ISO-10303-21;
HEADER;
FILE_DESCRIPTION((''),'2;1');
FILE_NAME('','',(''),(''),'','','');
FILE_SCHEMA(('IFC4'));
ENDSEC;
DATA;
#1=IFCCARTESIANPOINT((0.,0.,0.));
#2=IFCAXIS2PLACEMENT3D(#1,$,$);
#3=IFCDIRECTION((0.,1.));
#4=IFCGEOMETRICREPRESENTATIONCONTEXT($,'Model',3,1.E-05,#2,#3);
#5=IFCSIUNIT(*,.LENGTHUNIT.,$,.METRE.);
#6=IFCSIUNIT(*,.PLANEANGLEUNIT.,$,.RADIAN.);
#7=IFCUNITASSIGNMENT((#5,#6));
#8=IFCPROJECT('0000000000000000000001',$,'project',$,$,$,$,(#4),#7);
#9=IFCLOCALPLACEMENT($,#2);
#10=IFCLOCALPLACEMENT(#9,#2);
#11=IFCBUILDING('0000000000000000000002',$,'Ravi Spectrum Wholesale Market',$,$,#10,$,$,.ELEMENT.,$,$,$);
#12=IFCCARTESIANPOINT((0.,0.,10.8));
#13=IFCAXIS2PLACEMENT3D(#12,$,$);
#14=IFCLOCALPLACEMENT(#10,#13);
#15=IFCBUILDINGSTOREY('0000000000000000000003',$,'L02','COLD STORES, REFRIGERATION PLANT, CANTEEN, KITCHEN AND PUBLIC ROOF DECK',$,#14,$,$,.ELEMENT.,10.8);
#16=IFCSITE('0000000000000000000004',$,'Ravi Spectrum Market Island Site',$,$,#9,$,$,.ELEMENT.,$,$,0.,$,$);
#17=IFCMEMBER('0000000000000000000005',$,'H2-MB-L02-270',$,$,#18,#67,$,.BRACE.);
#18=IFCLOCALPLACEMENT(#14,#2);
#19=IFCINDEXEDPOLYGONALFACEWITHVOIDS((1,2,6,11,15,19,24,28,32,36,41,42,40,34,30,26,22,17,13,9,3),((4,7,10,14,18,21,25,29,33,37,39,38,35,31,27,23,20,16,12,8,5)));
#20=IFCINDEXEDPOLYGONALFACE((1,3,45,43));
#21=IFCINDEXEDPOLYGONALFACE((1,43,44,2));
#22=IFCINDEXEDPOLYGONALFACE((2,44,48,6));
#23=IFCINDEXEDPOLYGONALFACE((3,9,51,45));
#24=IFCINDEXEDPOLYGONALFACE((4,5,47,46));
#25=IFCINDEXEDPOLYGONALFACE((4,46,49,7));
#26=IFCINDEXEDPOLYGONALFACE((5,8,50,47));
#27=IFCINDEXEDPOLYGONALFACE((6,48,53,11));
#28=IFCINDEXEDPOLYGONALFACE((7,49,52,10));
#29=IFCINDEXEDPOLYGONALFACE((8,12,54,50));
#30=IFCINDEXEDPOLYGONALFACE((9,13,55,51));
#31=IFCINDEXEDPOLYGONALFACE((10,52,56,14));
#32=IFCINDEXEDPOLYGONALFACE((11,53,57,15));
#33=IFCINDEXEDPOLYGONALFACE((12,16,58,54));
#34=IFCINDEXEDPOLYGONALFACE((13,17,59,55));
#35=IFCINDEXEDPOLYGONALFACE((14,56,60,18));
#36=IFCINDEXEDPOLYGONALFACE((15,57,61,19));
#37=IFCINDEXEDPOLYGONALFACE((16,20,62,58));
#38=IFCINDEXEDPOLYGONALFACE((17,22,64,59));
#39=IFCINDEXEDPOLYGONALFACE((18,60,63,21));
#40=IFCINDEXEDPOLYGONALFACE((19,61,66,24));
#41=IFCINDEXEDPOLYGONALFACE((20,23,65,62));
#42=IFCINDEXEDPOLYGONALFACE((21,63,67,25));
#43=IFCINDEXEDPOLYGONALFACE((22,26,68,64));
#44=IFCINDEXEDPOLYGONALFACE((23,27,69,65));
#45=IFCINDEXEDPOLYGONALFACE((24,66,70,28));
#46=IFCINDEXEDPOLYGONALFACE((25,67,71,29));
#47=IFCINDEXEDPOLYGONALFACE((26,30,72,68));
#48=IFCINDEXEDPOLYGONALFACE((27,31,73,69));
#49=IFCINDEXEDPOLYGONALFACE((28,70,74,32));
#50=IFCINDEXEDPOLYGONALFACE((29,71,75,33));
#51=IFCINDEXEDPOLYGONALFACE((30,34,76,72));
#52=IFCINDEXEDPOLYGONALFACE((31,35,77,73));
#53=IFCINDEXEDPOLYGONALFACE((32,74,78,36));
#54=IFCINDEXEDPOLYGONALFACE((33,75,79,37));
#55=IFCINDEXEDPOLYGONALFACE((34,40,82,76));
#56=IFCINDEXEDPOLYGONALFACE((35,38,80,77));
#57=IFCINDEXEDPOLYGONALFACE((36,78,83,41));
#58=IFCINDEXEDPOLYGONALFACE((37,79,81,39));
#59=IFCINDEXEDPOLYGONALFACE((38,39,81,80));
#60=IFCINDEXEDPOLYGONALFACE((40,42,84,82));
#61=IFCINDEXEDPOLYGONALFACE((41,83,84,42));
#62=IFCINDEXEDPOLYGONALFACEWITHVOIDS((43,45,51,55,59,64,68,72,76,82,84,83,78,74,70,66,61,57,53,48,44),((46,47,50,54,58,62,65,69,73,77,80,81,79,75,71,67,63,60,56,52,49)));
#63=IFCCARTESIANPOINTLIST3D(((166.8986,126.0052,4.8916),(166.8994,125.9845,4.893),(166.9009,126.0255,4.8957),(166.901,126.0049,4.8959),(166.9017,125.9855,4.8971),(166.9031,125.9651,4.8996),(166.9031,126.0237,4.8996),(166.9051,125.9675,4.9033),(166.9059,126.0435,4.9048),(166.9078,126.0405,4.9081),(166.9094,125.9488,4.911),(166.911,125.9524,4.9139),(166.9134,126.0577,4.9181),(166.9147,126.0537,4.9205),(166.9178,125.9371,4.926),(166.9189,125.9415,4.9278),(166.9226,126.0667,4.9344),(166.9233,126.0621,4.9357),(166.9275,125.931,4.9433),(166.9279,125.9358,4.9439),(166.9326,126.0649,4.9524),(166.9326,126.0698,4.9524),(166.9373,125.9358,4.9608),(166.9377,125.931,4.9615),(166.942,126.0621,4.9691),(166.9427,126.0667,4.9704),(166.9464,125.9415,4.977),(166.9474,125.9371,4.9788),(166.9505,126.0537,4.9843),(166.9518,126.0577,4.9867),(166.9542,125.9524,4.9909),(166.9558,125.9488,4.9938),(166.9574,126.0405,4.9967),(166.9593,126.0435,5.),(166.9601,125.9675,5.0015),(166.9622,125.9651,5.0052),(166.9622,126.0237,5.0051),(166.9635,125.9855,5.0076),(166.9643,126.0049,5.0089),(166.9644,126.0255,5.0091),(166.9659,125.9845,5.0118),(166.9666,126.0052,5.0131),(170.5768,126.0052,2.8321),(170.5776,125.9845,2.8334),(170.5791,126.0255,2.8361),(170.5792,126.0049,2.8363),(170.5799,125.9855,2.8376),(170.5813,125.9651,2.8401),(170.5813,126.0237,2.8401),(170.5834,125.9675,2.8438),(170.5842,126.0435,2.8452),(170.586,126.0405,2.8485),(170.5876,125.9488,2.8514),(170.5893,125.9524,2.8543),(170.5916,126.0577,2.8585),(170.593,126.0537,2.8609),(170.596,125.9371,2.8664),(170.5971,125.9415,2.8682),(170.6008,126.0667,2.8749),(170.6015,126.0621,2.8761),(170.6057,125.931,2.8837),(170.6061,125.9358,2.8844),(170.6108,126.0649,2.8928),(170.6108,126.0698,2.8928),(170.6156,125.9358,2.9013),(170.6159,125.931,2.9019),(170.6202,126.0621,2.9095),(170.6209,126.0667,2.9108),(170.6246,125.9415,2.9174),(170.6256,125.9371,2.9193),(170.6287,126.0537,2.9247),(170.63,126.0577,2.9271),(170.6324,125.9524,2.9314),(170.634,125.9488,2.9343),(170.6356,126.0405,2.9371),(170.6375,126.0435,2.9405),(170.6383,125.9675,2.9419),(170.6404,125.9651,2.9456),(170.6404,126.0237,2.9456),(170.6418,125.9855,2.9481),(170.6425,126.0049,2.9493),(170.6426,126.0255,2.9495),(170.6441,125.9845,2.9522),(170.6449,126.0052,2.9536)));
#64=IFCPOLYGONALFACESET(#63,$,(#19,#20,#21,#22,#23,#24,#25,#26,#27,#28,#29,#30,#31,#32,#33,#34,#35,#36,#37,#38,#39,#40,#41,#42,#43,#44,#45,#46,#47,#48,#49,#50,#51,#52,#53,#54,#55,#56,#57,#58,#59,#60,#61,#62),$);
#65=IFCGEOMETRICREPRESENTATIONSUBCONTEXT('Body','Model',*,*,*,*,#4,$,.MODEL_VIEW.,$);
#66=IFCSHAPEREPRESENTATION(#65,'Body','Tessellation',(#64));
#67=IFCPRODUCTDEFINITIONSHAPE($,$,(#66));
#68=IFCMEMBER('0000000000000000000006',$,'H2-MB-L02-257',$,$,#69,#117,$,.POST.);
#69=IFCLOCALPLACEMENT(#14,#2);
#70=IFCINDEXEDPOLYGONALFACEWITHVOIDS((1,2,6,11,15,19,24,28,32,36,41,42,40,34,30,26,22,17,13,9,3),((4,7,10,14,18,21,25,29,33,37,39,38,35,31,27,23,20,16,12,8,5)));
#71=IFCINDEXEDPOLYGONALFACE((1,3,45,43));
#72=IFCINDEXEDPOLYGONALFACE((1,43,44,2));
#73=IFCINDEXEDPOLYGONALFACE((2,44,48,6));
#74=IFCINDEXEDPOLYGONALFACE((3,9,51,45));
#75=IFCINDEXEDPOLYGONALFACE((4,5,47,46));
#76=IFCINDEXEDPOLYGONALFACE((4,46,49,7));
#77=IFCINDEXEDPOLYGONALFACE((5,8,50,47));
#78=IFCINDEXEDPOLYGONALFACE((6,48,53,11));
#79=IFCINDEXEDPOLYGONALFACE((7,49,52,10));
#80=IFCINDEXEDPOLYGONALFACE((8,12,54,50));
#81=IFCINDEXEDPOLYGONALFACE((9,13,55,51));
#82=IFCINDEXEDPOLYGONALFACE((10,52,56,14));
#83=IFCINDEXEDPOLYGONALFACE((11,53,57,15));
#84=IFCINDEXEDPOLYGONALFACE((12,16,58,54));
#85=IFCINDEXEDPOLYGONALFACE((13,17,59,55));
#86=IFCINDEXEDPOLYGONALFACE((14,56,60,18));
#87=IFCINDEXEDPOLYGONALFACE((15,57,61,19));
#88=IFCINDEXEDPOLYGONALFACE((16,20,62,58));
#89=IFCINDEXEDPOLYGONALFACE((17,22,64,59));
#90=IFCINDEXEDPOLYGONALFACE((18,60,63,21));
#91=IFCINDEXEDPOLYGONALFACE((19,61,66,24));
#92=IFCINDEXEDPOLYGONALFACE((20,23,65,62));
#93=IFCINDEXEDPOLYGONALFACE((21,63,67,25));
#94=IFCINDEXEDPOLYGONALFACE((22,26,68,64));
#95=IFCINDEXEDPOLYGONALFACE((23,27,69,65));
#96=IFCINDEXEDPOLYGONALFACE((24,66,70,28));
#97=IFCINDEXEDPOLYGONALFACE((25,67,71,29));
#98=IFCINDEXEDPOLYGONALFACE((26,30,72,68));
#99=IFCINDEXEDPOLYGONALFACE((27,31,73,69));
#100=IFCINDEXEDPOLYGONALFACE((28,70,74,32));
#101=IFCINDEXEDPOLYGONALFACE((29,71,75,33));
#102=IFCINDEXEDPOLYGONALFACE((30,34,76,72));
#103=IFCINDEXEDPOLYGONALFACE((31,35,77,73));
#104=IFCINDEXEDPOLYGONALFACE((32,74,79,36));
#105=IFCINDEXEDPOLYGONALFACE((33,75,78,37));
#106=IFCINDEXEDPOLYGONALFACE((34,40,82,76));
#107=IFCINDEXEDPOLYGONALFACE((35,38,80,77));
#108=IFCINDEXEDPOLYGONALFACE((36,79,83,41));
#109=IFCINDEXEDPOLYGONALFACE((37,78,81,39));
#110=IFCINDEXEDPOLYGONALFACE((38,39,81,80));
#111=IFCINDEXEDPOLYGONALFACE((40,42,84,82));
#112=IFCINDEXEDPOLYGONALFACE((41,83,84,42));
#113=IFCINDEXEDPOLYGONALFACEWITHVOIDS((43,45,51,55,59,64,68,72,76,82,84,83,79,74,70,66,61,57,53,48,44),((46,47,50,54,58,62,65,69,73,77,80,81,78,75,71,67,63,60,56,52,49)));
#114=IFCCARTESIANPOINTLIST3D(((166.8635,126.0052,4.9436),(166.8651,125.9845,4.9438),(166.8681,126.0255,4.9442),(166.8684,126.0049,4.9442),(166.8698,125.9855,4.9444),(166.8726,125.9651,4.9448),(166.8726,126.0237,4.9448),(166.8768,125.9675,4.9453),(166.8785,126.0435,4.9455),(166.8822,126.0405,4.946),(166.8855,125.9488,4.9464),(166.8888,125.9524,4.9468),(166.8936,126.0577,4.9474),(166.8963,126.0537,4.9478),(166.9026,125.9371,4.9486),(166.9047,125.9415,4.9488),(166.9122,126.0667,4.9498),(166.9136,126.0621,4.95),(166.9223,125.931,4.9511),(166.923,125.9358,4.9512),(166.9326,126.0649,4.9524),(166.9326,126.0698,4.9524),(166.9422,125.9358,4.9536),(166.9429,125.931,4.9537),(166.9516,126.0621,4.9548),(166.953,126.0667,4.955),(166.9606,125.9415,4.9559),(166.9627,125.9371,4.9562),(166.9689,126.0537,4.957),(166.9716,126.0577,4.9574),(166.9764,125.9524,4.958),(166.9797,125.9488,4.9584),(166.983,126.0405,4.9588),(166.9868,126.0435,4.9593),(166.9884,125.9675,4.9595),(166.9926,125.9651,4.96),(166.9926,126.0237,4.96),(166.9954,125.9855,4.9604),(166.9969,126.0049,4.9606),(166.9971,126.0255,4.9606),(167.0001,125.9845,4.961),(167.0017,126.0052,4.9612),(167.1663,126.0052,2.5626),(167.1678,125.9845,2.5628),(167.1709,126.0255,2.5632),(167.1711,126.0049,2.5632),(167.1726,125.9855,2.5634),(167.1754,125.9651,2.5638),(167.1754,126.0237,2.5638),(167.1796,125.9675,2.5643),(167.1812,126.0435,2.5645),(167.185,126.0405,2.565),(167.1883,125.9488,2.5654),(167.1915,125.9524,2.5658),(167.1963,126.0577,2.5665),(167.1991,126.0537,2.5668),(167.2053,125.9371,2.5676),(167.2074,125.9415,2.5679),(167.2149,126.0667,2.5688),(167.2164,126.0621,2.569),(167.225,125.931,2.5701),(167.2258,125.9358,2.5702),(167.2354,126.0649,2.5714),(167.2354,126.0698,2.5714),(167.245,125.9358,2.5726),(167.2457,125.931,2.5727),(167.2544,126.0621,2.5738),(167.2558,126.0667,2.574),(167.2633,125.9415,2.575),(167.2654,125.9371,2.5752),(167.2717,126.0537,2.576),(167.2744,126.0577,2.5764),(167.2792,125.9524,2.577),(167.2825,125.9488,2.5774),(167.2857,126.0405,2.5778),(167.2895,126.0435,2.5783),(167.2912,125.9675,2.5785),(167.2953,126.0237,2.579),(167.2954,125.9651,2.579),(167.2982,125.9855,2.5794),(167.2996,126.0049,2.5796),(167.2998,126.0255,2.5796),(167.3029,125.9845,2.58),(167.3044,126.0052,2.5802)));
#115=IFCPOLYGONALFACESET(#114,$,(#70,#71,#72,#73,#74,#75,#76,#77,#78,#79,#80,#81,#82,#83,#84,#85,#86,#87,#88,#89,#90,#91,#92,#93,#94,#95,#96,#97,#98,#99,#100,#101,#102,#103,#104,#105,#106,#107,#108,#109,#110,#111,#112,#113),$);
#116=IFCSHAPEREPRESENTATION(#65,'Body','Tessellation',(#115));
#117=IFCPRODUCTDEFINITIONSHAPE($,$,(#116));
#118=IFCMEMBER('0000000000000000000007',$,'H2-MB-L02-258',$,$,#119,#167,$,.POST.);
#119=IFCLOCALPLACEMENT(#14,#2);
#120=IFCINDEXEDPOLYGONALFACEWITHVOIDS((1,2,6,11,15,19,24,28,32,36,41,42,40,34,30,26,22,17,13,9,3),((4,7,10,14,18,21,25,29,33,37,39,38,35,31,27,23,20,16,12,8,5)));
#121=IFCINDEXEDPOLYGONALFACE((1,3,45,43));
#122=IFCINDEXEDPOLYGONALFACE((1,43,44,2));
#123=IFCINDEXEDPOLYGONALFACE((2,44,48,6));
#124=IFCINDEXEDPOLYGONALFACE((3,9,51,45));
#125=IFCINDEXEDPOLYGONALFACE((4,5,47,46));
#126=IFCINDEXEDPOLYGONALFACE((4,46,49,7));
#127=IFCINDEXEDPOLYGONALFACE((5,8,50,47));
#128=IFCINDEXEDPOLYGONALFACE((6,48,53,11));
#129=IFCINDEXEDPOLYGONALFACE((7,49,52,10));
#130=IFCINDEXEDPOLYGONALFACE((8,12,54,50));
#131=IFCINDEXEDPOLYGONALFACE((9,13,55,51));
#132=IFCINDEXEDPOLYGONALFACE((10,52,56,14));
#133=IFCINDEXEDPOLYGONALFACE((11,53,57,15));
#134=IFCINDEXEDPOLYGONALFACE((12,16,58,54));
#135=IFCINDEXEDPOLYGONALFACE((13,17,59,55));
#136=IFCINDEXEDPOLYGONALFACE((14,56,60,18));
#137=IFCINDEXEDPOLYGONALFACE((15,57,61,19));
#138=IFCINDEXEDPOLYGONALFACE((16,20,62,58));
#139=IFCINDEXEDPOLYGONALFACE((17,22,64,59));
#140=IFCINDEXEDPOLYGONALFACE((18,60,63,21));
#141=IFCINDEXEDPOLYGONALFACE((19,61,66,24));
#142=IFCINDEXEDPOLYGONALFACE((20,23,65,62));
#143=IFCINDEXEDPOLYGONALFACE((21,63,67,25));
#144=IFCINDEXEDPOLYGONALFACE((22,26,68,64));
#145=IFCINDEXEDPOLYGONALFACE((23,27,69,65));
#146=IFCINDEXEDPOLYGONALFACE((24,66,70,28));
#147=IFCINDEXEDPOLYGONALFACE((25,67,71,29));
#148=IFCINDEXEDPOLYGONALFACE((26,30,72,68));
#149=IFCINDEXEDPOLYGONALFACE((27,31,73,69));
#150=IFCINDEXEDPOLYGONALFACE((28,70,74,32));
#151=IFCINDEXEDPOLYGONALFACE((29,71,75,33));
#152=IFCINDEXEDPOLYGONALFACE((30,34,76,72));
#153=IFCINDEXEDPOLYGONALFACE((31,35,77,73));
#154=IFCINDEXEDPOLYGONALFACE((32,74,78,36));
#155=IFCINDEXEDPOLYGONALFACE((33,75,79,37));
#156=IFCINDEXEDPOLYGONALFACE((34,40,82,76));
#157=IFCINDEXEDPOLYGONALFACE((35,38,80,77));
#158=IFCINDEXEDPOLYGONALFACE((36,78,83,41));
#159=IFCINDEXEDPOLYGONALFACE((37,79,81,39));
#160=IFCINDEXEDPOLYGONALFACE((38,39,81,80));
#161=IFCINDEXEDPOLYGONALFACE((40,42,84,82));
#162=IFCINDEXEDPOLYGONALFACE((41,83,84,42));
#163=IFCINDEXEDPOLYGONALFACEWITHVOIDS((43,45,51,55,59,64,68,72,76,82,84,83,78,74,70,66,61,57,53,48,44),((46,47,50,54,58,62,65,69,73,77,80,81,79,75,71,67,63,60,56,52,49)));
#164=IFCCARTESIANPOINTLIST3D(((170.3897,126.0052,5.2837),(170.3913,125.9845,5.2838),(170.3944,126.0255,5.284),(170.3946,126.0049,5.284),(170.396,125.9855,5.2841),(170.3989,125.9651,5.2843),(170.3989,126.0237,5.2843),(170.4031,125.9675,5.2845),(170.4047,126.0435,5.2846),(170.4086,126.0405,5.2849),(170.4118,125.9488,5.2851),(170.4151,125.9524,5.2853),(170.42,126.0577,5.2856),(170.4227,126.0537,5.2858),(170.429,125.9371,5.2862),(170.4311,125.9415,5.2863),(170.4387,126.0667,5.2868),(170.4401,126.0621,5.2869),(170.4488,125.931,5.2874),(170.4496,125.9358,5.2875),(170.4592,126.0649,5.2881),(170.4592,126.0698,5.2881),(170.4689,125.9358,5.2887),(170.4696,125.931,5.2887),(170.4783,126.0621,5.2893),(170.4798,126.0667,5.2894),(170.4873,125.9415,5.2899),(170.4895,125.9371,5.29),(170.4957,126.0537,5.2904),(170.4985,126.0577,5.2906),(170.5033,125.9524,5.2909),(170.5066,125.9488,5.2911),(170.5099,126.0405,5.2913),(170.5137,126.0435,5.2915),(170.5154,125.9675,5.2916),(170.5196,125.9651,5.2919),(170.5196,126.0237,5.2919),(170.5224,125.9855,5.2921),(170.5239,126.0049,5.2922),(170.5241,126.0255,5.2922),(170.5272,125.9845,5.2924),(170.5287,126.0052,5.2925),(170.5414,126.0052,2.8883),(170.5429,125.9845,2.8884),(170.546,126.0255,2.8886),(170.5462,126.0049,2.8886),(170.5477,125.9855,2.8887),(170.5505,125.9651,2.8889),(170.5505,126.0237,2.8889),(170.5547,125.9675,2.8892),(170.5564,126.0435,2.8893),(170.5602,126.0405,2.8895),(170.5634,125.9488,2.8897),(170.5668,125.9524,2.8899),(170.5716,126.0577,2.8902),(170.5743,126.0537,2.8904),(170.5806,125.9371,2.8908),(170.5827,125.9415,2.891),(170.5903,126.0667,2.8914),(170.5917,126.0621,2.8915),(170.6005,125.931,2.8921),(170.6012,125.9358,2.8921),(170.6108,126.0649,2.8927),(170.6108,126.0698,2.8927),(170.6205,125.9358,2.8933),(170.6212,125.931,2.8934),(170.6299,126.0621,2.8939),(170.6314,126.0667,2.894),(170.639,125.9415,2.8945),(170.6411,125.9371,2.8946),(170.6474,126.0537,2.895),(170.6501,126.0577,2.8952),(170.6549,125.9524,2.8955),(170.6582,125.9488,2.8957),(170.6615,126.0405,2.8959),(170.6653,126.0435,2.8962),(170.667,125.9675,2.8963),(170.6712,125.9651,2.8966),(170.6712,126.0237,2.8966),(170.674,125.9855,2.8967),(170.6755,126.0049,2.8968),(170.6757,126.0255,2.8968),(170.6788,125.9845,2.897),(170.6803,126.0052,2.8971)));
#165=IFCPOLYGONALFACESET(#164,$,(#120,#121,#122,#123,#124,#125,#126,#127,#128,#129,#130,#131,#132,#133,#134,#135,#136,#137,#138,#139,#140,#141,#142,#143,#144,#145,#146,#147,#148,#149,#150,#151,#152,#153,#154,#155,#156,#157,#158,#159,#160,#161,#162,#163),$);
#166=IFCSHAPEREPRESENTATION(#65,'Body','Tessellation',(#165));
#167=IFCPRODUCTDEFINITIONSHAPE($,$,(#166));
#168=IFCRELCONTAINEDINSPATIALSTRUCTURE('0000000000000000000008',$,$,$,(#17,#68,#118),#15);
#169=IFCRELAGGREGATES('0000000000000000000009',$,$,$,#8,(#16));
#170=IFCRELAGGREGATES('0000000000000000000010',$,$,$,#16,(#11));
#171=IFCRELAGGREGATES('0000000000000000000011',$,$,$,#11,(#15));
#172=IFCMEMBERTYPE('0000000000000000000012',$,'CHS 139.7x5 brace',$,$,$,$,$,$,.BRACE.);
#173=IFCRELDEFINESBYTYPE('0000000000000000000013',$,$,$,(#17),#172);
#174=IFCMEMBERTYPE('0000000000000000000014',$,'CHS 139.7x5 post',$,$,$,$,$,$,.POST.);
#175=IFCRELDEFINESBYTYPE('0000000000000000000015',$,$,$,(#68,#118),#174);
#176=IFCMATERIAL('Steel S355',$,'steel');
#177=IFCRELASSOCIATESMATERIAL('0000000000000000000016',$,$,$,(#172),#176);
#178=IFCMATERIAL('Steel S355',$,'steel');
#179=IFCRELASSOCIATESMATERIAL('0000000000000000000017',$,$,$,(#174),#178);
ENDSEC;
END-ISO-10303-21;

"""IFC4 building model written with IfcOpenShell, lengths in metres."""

from ifc_helpers import new_model, si_unit, direction, frame, origin, origin_2d, place, context, subcontext, project, spatial, hollow_circle, extrude, material, material_profile, profile_set, type_object, element, save


model = new_model("IFC4")

# Units and contexts
model_context = context("Model", 3, precision=1e-05, world=origin(), true_north=direction((0.0, 1.0)))
body_context = subcontext(model_context, "Body", "Model", "MODEL_VIEW")
ifc_project = project(units=[si_unit("LENGTHUNIT", "METRE"), si_unit("PLANEANGLEUNIT", "RADIAN")], contexts=[model_context])

# Site, building, storey
site_placement = place(None, origin())
site = spatial("IfcSite", under=ifc_project, at=site_placement, Name="Ravi Spectrum Market Island Site", CompositionType="ELEMENT", RefElevation=0.0)
building_placement = place(site_placement, origin())
building = spatial("IfcBuilding", under=site, at=building_placement, Name="Ravi Spectrum Wholesale Market", CompositionType="ELEMENT")
storey_placement = place(building_placement, frame((0.0, 0.0, 10.8)))
storey = spatial("IfcBuildingStorey", under=building, at=storey_placement, Name="L02", Description="COLD STORES, REFRIGERATION PLANT, CANTEEN, KITCHEN AND PUBLIC ROOF DECK", CompositionType="ELEMENT", Elevation=10.8)

# Members
ifc_material_1 = material(Name="Steel S355", Category="steel")
ifc_material_profile_1 = material_profile(ifc_material_1, hollow_circle(Radius=0.0698, WallThickness=0.0049, at=origin_2d()))
ifc_profile_set_1 = profile_set([ifc_material_profile_1], Name="Steel S355")
member_type_1 = type_object("IfcMemberType", Name="CHS 139.7x5 brace", PredefinedType="BRACE", material=ifc_profile_set_1)
member_1_placement = place(storey_placement, frame((166.9326, 126.0, 4.9524), z_axis=(0.87253, 0.0, -0.488561), x_axis=(0.0, 1.0, 0.0)))
element("IfcMember", 1, at=member_1_placement, inside=storey, type_object=member_type_1, Name="H2-MB-L02-270", PredefinedType="BRACE", context=body_context, shape_type="SweptSolid", body=[
    extrude(hollow_circle(Radius=0.0698, WallThickness=0.0049, at=origin_2d()), origin(), (0.0, 0.0, 1.0), 4.2156),
])
ifc_material_2 = material(Name="Steel S355", Category="steel")
ifc_material_profile_2 = material_profile(ifc_material_2, hollow_circle(Radius=0.0698, WallThickness=0.0049, at=origin_2d()))
ifc_profile_set_2 = profile_set([ifc_material_profile_2], Name="Steel S355")
member_type_2 = type_object("IfcMemberType", Name="CHS 139.7x5 post", PredefinedType="POST", material=ifc_profile_set_2)
for number, where, z_axis, x_axis, name in (
    (2, (166.9326, 126.0, 4.9524), (0.126138, 0.0, -0.992013), (0.0, 1.0, 0.0), "H2-MB-L02-257"),
    (3, (170.4592, 126.0, 5.2881), (0.06317, 0.0, -0.998003), (0.0, 1.0, 0.0), "H2-MB-L02-258"),
):
    element("IfcMember", number, at=place(storey_placement, frame(where, z_axis=z_axis, x_axis=x_axis)), inside=storey, type_object=member_type_2, Name=name, PredefinedType="POST", context=body_context, shape_type="SweptSolid", body=[
        extrude(hollow_circle(Radius=0.0698, WallThickness=0.0049, at=origin_2d()), origin(), (0.0, 0.0, 1.0), 2.4001),
    ])

save(model, "model.ifc")
